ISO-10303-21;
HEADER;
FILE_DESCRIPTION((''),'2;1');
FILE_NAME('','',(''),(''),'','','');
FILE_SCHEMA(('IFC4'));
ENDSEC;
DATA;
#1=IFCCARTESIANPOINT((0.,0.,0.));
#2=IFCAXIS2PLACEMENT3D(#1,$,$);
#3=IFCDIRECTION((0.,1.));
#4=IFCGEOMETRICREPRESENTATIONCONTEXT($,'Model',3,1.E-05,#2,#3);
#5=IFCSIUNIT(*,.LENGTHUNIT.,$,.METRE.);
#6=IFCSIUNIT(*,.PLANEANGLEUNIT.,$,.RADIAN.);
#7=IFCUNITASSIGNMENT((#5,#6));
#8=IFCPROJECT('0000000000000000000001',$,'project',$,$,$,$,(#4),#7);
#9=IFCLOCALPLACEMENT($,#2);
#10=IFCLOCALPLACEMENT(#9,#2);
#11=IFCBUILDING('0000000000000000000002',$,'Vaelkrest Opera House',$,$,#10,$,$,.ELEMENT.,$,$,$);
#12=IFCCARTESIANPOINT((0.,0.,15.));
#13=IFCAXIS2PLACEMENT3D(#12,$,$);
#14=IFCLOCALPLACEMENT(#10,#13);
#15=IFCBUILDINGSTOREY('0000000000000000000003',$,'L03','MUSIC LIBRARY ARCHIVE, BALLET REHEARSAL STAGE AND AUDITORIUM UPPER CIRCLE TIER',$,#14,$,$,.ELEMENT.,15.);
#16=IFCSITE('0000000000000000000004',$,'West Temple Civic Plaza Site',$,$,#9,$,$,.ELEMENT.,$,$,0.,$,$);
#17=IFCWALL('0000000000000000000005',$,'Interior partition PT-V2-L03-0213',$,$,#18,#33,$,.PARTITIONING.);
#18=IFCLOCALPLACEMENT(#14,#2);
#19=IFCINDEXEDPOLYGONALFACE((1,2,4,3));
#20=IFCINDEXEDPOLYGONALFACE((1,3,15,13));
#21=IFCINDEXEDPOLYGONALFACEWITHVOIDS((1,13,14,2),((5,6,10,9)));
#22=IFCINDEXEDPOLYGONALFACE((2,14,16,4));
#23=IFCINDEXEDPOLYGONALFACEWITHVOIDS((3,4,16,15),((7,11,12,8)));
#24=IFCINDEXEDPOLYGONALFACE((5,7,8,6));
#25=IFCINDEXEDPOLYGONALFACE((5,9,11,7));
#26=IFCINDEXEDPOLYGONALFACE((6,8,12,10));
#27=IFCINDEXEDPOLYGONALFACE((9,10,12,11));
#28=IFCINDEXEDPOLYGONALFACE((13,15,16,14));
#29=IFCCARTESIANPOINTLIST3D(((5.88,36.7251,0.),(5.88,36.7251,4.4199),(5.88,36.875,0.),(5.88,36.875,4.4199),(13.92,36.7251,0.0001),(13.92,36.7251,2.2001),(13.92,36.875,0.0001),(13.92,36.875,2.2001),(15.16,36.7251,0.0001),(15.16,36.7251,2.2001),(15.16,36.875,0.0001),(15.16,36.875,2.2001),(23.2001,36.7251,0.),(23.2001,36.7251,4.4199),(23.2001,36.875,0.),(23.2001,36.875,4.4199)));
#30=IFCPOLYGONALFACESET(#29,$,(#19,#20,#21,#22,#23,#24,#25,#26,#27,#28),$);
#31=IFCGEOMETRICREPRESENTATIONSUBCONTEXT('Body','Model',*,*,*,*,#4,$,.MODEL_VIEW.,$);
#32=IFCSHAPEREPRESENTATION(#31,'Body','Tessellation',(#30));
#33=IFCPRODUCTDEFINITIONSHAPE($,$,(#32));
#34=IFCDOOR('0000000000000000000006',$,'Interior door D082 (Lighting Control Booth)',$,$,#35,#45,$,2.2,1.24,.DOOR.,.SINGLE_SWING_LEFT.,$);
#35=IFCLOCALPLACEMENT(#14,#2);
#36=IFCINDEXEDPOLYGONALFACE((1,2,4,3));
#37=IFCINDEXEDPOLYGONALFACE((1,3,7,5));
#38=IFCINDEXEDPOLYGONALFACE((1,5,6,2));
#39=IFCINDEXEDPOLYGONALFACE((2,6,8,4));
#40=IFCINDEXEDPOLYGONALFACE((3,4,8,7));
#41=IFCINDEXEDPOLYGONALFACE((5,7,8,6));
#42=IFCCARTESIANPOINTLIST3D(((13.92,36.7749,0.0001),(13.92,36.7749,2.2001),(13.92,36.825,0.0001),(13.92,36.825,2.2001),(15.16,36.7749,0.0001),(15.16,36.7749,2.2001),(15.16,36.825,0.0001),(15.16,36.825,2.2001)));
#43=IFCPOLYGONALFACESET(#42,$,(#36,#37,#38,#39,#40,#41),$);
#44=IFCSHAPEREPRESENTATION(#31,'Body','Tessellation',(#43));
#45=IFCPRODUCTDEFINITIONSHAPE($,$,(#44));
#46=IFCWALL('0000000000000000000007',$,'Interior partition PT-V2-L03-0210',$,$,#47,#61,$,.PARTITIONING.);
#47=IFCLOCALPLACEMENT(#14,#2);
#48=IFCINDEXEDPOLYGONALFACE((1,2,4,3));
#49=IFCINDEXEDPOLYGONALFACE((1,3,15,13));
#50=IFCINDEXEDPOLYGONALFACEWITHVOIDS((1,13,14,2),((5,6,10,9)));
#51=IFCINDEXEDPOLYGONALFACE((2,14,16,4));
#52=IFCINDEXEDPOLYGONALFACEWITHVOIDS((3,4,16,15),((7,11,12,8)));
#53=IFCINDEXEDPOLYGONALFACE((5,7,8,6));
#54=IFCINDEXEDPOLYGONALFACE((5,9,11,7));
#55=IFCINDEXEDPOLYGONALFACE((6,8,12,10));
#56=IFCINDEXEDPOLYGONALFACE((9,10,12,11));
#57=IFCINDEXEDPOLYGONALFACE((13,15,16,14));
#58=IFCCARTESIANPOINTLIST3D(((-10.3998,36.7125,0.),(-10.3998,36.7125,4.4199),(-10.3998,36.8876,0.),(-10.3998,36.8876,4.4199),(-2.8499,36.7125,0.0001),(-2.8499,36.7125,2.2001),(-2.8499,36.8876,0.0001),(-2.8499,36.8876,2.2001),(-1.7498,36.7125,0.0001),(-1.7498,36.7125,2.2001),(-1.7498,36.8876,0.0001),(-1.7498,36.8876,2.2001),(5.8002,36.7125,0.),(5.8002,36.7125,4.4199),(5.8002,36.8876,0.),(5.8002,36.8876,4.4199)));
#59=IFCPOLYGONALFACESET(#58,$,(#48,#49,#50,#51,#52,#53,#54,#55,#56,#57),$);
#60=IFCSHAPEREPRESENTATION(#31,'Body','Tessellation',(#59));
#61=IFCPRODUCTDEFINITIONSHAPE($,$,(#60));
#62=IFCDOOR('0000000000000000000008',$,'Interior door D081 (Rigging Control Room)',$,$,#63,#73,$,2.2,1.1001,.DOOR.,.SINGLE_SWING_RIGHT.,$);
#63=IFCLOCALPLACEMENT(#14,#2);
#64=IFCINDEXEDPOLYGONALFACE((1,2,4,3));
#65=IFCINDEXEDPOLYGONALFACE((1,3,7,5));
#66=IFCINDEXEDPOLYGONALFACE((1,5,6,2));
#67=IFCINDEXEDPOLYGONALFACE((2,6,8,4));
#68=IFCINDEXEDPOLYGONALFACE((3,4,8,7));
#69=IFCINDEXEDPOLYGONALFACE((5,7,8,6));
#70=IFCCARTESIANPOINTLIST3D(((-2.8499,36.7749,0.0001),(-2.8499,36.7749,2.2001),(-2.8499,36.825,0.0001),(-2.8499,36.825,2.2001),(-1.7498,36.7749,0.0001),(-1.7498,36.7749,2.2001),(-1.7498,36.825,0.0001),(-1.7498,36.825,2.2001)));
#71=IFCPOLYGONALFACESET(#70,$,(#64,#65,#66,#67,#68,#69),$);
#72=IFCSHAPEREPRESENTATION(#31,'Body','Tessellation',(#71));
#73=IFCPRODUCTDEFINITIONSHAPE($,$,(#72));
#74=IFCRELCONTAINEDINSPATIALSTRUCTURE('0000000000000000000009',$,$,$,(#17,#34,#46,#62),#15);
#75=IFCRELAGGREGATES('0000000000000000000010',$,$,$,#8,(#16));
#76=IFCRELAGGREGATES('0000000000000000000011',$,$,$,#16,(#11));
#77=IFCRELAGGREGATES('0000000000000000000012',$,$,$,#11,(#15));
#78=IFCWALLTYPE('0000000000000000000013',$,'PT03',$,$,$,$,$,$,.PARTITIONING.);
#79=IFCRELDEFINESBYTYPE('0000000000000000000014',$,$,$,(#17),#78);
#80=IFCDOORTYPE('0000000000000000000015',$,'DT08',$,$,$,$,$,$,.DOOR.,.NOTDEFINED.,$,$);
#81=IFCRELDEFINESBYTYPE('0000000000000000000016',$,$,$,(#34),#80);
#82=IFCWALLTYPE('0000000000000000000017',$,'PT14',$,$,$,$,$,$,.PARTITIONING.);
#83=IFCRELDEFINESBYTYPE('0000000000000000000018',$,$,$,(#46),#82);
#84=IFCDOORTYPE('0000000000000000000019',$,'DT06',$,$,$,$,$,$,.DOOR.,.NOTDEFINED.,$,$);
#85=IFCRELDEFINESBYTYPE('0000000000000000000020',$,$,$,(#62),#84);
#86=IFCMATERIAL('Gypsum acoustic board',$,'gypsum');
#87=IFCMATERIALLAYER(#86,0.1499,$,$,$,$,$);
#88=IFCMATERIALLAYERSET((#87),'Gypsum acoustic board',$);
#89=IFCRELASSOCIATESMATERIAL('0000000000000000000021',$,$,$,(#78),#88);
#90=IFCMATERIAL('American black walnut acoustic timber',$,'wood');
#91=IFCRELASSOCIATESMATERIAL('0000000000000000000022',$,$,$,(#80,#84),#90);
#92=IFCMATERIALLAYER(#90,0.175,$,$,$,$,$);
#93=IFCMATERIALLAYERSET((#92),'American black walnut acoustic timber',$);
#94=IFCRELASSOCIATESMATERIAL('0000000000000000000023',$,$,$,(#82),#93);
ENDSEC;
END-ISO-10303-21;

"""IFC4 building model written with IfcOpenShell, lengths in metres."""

from ifc_helpers import new_model, si_unit, direction, frame, frame_2d, origin, place, context, subcontext, project, spatial, rectangle, extrude, material, layer, layer_set, type_object, element, fill, save


model = new_model("IFC4")

# Units and contexts
model_context = context("Model", 3, precision=1e-05, world=origin(), true_north=direction((0.0, 1.0)))
body_context = subcontext(model_context, "Body", "Model", "MODEL_VIEW")
ifc_project = project(units=[si_unit("LENGTHUNIT", "METRE"), si_unit("PLANEANGLEUNIT", "RADIAN")], contexts=[model_context])

# Site, building, storey
site_placement = place(None, origin())
site = spatial("IfcSite", under=ifc_project, at=site_placement, Name="West Temple Civic Plaza Site", CompositionType="ELEMENT", RefElevation=0.0)
building_placement = place(site_placement, origin())
building = spatial("IfcBuilding", under=site, at=building_placement, Name="Vaelkrest Opera House", CompositionType="ELEMENT")
storey_placement = place(building_placement, frame((0.0, 0.0, 15.0)))
storey = spatial("IfcBuildingStorey", under=building, at=storey_placement, Name="L03", Description="MUSIC LIBRARY ARCHIVE, BALLET REHEARSAL STAGE AND AUDITORIUM UPPER CIRCLE TIER", CompositionType="ELEMENT", Elevation=15.0)

# Shared definitions
ifc_material_1 = material(Name="Gypsum acoustic board", Category="gypsum")

# Walls, openings, doors
ifc_layer_1 = layer(ifc_material_1, 0.1499)
ifc_layer_set_1 = layer_set([ifc_layer_1], Name="Gypsum acoustic board")
wall_type_1 = type_object("IfcWallType", Name="PT03", PredefinedType="PARTITIONING", material=ifc_layer_set_1)
wall_1_placement = place(storey_placement, frame((5.8799, 36.8, 0.0), z_axis=(0.0, 0.0, 1.0), x_axis=(1.0, 0.0, 0.0)))
wall_1 = element("IfcWall", 1, at=wall_1_placement, inside=storey, type_object=wall_type_1, Name="Interior partition PT-V2-L03-0213", PredefinedType="PARTITIONING", context=body_context, shape_type="SweptSolid", body=[
    extrude(rectangle(XDim=17.3201, YDim=0.1499, at=frame_2d((8.6602, 0.0))), origin(), (0.0, 0.0, 1.0), 4.4199),
])
opening_1_placement = place(wall_1_placement, frame((8.04, 0.0, 0.0)))
opening_1 = element("IfcOpeningElement", 2, at=opening_1_placement, cuts=wall_1, PredefinedType="OPENING", context=body_context, shape_type="SweptSolid", body=[
    extrude(rectangle(XDim=1.24, YDim=2.2, at=frame_2d((0.6201, 1.1001))), frame((0.0, 0.085, 0.0), z_axis=(0.0, -1.0, 0.0), x_axis=(1.0, 0.0, 0.0)), (0.0, 0.0, 1.0), 0.1699),
])
ifc_material_2 = material(Name="American black walnut acoustic timber", Category="wood")
door_type_1 = type_object("IfcDoorType", Name="DT08", OperationType="NOTDEFINED", PredefinedType="DOOR", material=ifc_material_2)
door_1_placement = place(opening_1_placement, origin())
door_1 = element("IfcDoor", 3, at=door_1_placement, inside=storey, type_object=door_type_1, Name="Interior door D082 (Lighting Control Booth)", OperationType="SINGLE_SWING_LEFT", OverallHeight=2.2, OverallWidth=1.24, PredefinedType="DOOR", context=body_context, shape_type="SweptSolid", body=[
    extrude(rectangle(XDim=1.24, YDim=2.2, at=frame_2d((0.6201, 1.1001))), frame((0.0, 0.0249, 0.0), z_axis=(0.0, -1.0, 0.0), x_axis=(1.0, 0.0, 0.0)), (0.0, 0.0, 1.0), 0.05),
])
fill(opening_1, door_1)
ifc_layer_2 = layer(ifc_material_2, 0.175)
ifc_layer_set_2 = layer_set([ifc_layer_2], Name="American black walnut acoustic timber")
wall_type_2 = type_object("IfcWallType", Name="PT14", PredefinedType="PARTITIONING", material=ifc_layer_set_2)
wall_2_placement = place(storey_placement, frame((-10.3999, 36.8, 0.0), z_axis=(0.0, 0.0, 1.0), x_axis=(1.0, 0.0, 0.0)))
wall_2 = element("IfcWall", 4, at=wall_2_placement, inside=storey, type_object=wall_type_2, Name="Interior partition PT-V2-L03-0210", PredefinedType="PARTITIONING", context=body_context, shape_type="SweptSolid", body=[
    extrude(rectangle(XDim=16.2, YDim=0.175, at=frame_2d((8.1001, 0.0))), origin(), (0.0, 0.0, 1.0), 4.4199),
])
opening_2_placement = place(wall_2_placement, frame((7.55, 0.0, 0.0)))
opening_2 = element("IfcOpeningElement", 5, at=opening_2_placement, cuts=wall_2, PredefinedType="OPENING", context=body_context, shape_type="SweptSolid", body=[
    extrude(rectangle(XDim=1.1001, YDim=2.2, at=frame_2d((0.55, 1.1001))), frame((0.0, 0.0974, 0.0), z_axis=(0.0, -1.0, 0.0), x_axis=(1.0, 0.0, 0.0)), (0.0, 0.0, 1.0), 0.1951),
])
door_type_2 = type_object("IfcDoorType", Name="DT06", OperationType="NOTDEFINED", PredefinedType="DOOR", material=ifc_material_2)
door_2_placement = place(opening_2_placement, origin())
door_2 = element("IfcDoor", 6, at=door_2_placement, inside=storey, type_object=door_type_2, Name="Interior door D081 (Rigging Control Room)", OperationType="SINGLE_SWING_RIGHT", OverallHeight=2.2, OverallWidth=1.1001, PredefinedType="DOOR", context=body_context, shape_type="SweptSolid", body=[
    extrude(rectangle(XDim=1.1001, YDim=2.2, at=frame_2d((0.55, 1.1001))), frame((0.0, 0.0249, 0.0), z_axis=(0.0, -1.0, 0.0), x_axis=(1.0, 0.0, 0.0)), (0.0, 0.0, 1.0), 0.05),
])
fill(opening_2, door_2)

save(model, "model.ifc")
